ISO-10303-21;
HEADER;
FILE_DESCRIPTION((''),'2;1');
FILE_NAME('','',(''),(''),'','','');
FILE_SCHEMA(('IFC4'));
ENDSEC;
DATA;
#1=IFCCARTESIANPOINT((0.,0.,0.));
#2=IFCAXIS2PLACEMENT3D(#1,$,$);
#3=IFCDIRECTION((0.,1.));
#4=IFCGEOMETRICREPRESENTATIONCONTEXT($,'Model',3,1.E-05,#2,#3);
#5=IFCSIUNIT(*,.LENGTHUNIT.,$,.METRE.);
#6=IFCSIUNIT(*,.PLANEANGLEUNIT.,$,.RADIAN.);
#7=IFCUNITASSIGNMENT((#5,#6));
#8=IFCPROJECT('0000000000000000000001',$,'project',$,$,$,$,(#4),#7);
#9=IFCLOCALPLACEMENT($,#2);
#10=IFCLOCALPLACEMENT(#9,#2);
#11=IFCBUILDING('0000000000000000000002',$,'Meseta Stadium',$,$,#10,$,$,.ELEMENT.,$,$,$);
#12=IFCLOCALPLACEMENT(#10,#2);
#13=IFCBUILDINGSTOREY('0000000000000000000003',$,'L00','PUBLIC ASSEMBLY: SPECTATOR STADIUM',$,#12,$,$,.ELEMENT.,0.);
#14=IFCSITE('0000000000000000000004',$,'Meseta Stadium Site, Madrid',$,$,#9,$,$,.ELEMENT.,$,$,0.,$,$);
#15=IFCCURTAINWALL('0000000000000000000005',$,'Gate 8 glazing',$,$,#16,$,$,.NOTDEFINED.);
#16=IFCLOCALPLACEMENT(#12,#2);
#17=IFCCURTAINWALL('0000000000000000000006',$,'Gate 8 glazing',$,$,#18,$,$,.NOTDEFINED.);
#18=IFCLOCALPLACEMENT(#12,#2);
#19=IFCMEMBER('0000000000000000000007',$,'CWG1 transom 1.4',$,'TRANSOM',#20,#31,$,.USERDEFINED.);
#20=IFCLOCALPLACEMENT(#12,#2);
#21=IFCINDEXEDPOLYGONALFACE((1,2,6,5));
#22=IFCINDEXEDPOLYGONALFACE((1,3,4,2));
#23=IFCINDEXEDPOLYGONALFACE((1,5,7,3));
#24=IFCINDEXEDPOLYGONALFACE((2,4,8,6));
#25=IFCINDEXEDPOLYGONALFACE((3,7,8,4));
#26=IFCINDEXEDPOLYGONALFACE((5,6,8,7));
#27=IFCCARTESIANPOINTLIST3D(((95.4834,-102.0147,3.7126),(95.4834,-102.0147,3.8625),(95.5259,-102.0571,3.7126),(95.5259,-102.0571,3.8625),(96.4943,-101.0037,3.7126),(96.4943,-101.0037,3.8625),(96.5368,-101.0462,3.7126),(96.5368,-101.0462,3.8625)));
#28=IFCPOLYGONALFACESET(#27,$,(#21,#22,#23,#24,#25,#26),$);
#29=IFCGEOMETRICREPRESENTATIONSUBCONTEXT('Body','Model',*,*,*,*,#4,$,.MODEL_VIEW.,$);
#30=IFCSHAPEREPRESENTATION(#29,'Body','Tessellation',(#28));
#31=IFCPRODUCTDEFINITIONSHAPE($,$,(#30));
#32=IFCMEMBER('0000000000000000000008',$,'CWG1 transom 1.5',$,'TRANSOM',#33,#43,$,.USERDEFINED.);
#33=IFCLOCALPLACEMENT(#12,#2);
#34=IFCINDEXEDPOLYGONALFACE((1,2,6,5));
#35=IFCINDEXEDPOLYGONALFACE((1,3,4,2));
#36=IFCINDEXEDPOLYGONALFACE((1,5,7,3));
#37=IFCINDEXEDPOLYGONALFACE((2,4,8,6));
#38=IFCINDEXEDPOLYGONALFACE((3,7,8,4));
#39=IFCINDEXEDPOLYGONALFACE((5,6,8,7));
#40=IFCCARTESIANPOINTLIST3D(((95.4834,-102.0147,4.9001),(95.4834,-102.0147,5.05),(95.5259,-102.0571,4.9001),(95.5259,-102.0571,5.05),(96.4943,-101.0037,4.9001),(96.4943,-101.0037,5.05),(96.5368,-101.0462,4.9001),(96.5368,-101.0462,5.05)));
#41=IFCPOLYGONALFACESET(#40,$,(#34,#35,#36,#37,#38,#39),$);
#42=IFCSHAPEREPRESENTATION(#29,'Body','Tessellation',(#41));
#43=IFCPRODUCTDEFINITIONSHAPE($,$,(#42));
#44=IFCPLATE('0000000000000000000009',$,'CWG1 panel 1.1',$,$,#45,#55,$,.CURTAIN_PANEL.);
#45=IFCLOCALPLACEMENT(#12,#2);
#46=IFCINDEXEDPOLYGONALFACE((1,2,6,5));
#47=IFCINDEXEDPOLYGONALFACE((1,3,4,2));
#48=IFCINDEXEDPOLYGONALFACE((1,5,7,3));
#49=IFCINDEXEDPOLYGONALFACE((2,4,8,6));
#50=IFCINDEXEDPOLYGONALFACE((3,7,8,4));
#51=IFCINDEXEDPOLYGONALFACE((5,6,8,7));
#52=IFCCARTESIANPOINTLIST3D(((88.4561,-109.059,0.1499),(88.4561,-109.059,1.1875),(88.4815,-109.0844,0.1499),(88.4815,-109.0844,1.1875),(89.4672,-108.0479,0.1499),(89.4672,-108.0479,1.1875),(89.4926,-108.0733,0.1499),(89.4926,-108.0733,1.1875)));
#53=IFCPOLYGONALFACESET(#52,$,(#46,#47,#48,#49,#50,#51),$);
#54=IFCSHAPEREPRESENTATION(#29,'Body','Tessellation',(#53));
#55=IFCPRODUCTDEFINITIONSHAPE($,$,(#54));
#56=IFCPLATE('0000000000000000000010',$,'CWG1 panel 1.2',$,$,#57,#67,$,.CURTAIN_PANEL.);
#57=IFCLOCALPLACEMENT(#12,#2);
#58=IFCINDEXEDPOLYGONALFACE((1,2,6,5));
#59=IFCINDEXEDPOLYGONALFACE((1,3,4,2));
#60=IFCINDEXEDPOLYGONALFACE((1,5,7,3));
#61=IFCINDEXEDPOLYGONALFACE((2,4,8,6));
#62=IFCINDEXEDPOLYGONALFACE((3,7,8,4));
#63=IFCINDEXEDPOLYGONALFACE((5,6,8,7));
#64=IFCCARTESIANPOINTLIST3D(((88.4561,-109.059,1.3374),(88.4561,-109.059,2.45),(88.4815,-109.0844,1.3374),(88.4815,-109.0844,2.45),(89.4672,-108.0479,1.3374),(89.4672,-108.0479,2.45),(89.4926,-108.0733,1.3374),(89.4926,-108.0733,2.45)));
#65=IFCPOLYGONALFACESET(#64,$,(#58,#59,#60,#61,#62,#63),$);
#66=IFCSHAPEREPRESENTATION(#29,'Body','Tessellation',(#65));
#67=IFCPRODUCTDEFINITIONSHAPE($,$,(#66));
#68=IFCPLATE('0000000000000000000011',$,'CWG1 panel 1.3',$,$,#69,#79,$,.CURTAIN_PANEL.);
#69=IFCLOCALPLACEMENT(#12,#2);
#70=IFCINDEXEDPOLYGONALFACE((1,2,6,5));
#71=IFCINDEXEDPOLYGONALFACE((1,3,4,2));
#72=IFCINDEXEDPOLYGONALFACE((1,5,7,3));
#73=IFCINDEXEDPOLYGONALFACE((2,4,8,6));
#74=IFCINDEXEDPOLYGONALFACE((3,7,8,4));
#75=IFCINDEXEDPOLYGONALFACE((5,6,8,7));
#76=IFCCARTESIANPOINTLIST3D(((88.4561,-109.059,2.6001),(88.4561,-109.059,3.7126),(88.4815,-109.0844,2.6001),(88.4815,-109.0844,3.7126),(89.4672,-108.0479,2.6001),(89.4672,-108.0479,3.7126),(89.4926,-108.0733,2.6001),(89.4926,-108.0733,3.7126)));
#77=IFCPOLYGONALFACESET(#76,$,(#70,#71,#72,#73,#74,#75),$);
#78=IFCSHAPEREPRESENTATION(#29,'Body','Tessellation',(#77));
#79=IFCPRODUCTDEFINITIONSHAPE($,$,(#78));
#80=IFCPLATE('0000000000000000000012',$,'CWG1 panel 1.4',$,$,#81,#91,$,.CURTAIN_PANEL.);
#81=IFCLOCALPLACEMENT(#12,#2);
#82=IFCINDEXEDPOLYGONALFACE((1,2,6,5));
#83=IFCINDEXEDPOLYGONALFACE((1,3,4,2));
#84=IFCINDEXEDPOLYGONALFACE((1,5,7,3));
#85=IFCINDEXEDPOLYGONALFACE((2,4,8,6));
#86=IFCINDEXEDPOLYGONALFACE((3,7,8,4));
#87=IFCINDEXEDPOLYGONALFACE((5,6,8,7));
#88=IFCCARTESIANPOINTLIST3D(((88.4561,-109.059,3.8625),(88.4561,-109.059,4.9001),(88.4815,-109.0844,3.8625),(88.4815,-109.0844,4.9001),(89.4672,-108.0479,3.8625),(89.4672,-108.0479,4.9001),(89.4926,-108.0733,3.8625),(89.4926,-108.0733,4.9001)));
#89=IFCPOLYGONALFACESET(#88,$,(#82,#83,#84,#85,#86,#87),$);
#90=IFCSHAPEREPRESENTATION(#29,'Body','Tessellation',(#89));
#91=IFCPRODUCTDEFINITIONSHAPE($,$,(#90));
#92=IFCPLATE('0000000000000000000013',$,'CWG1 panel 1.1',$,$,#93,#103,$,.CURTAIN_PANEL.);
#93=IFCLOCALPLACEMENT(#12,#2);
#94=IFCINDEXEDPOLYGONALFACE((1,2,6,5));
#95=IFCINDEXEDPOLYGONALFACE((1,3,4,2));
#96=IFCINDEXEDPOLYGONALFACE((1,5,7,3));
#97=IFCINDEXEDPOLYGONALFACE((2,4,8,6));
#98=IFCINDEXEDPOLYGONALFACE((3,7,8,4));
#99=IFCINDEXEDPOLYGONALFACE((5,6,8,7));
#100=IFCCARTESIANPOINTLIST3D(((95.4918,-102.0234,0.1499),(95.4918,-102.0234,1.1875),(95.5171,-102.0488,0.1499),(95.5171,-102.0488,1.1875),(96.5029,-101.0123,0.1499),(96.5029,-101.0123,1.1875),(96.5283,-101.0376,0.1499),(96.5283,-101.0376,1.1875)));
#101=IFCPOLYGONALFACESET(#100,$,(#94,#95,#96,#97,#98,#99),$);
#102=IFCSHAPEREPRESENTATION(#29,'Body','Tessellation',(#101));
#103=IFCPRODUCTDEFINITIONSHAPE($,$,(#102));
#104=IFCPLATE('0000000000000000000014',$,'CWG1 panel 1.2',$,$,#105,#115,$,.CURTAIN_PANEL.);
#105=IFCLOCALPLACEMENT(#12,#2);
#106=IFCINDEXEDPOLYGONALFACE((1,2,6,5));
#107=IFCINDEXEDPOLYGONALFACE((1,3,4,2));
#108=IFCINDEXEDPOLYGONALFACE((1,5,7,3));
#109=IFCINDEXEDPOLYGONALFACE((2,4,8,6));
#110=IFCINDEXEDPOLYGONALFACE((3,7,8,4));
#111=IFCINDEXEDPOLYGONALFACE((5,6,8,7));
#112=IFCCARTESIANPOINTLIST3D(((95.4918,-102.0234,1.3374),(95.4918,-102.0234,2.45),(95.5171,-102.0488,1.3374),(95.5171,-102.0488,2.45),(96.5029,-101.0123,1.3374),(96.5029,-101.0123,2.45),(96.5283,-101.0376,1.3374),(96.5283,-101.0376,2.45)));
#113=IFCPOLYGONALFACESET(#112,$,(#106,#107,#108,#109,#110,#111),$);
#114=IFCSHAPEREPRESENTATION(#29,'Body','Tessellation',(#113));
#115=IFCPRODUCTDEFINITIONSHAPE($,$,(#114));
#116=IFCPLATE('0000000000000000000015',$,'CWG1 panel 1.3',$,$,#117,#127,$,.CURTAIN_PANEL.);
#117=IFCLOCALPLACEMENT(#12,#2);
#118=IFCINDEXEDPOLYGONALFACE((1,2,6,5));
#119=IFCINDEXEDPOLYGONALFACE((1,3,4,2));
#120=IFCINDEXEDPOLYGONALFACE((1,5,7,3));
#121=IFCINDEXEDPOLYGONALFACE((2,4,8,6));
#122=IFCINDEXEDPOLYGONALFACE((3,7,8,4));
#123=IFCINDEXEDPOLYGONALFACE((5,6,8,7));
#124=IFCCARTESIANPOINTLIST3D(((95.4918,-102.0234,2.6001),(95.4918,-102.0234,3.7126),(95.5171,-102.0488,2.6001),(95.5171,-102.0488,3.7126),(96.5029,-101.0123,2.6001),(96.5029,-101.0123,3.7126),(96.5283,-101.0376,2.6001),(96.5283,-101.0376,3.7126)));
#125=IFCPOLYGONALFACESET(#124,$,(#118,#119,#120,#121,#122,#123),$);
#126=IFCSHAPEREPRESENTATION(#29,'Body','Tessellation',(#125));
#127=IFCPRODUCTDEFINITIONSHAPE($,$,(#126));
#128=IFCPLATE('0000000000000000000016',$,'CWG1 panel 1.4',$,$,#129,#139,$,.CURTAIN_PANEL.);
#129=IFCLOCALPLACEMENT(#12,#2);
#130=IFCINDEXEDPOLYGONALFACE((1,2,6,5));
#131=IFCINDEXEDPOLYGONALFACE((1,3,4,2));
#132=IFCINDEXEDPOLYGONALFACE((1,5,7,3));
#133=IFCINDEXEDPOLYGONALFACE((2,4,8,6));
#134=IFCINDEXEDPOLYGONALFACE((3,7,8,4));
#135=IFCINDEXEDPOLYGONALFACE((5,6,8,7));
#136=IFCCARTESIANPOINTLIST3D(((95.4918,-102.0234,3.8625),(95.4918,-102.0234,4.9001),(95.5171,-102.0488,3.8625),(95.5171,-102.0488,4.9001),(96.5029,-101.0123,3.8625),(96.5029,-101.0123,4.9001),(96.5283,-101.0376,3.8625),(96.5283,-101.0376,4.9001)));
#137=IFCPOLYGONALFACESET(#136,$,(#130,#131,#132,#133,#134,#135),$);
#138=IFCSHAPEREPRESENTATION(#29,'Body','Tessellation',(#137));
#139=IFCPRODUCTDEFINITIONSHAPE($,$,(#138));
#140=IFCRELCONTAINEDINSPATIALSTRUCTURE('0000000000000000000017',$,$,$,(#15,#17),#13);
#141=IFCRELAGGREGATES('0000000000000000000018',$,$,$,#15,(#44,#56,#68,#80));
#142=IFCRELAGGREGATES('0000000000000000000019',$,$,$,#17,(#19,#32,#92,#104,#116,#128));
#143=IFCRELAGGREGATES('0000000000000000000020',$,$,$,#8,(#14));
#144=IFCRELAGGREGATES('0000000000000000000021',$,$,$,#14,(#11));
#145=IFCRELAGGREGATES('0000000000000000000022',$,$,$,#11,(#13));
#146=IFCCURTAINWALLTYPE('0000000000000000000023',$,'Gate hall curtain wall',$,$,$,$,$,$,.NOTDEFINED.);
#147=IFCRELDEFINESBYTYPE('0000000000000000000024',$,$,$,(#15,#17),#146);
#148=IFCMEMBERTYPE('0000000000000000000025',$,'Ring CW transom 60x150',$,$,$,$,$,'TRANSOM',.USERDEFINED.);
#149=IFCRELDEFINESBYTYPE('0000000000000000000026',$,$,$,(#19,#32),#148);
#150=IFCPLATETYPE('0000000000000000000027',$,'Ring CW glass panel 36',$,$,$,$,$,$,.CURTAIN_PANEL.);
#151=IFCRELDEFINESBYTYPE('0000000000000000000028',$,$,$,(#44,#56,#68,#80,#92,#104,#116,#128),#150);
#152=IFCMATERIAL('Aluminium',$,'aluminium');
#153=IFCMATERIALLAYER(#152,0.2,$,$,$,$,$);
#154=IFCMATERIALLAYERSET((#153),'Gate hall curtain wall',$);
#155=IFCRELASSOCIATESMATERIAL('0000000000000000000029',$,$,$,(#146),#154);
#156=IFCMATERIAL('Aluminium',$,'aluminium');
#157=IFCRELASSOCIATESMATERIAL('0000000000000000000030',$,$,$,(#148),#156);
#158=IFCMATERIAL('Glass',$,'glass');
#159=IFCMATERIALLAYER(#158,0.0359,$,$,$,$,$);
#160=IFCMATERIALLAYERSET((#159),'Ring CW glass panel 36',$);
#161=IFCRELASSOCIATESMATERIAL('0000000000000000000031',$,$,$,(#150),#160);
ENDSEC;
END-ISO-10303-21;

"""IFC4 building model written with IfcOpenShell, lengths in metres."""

from ifc_helpers import new_model, si_unit, direction, frame, origin, origin_2d, place, context, subcontext, project, spatial, rectangle, extrude, material, layer, layer_set, material_profile, profile_set, type_object, element, aggregate, save


model = new_model("IFC4")

# Units and contexts
model_context = context("Model", 3, precision=1e-05, world=origin(), true_north=direction((0.0, 1.0)))
body_context = subcontext(model_context, "Body", "Model", "MODEL_VIEW")
ifc_project = project(units=[si_unit("LENGTHUNIT", "METRE"), si_unit("PLANEANGLEUNIT", "RADIAN")], contexts=[model_context])

# Site, building, storey
site_placement = place(None, origin())
site = spatial("IfcSite", under=ifc_project, at=site_placement, Name="Meseta Stadium Site, Madrid", CompositionType="ELEMENT", RefElevation=0.0)
building_placement = place(site_placement, origin())
building = spatial("IfcBuilding", under=site, at=building_placement, Name="Meseta Stadium", CompositionType="ELEMENT")
storey_placement = place(building_placement, origin())
storey = spatial("IfcBuildingStorey", under=building, at=storey_placement, Name="L00", Description="PUBLIC ASSEMBLY: SPECTATOR STADIUM", CompositionType="ELEMENT", Elevation=0.0)

# Curtain wall
ifc_material_1 = material(Name="Aluminium", Category="aluminium")
ifc_layer_1 = layer(ifc_material_1, 0.2)
ifc_layer_set_1 = layer_set([ifc_layer_1], Name="Gate hall curtain wall")
curtain_wall_type = type_object("IfcCurtainWallType", Name="Gate hall curtain wall", PredefinedType="NOTDEFINED", material=ifc_layer_set_1)
curtain_wall_1_placement = place(storey_placement, origin())
curtain_wall_1 = element("IfcCurtainWall", 1, at=curtain_wall_1_placement, inside=storey, type_object=curtain_wall_type, Name="Gate 8 glazing", PredefinedType="NOTDEFINED")

# Curtain wall
curtain_wall_2_placement = place(storey_placement, origin())
curtain_wall_2 = element("IfcCurtainWall", 2, at=curtain_wall_2_placement, inside=storey, type_object=curtain_wall_type, Name="Gate 8 glazing", PredefinedType="NOTDEFINED")

# Members
ifc_material_2 = material(Name="Aluminium", Category="aluminium")
ifc_material_profile_1 = material_profile(ifc_material_2, rectangle(XDim=0.0601, YDim=0.1499, at=origin_2d()), Name="CW 60x150")
ifc_profile_set_1 = profile_set([ifc_material_profile_1], Name="Aluminium")
member_type_1 = type_object("IfcMemberType", Name="Ring CW transom 60x150", ElementType="TRANSOM", PredefinedType="USERDEFINED", material=ifc_profile_set_1)
member_1_placement = place(storey_placement, frame((95.5046, -102.0359, 3.7876), z_axis=(0.707107, 0.707107, 0.0), x_axis=(-0.707107, 0.707107, 0.0)))
member_1 = element("IfcMember", 3, at=member_1_placement, type_object=member_type_1, Name="CWG1 transom 1.4", ObjectType="TRANSOM", PredefinedType="USERDEFINED", context=body_context, shape_type="SweptSolid", body=[
    extrude(rectangle(XDim=0.0601, YDim=0.1499, at=origin_2d()), origin(), (0.0, 0.0, 1.0), 1.4297),
])
member_2_placement = place(storey_placement, frame((95.5046, -102.0359, 4.9751), z_axis=(0.707107, 0.707107, 0.0), x_axis=(-0.707107, 0.707107, 0.0)))
member_2 = element("IfcMember", 4, at=member_2_placement, type_object=member_type_1, Name="CWG1 transom 1.5", ObjectType="TRANSOM", PredefinedType="USERDEFINED", context=body_context, shape_type="SweptSolid", body=[
    extrude(rectangle(XDim=0.0601, YDim=0.1499, at=origin_2d()), origin(), (0.0, 0.0, 1.0), 1.4297),
])

# Plates
ifc_material_3 = material(Name="Glass", Category="glass")
ifc_layer_2 = layer(ifc_material_3, 0.0359)
ifc_layer_set_2 = layer_set([ifc_layer_2], Name="Ring CW glass panel 36")
plate_type = type_object("IfcPlateType", Name="Ring CW glass panel 36", PredefinedType="CURTAIN_PANEL", material=ifc_layer_set_2)
plate_1_placement = place(storey_placement, frame((88.9744, -108.5662, 0.1499), z_axis=(0.0, 0.0, 1.0), x_axis=(0.707107, 0.707107, 0.0)))
plate_1 = element("IfcPlate", 5, at=plate_1_placement, type_object=plate_type, Name="CWG1 panel 1.1", PredefinedType="CURTAIN_PANEL", context=body_context, shape_type="SweptSolid", body=[
    extrude(rectangle(XDim=1.4299, YDim=0.0359, at=origin_2d()), origin(), (0.0, 0.0, 1.0), 1.0376),
])
plate_2_placement = place(storey_placement, frame((88.9744, -108.5662, 1.3374), z_axis=(0.0, 0.0, 1.0), x_axis=(0.707107, 0.707107, 0.0)))
plate_2 = element("IfcPlate", 6, at=plate_2_placement, type_object=plate_type, Name="CWG1 panel 1.2", PredefinedType="CURTAIN_PANEL", context=body_context, shape_type="SweptSolid", body=[
    extrude(rectangle(XDim=1.4299, YDim=0.0359, at=origin_2d()), origin(), (0.0, 0.0, 1.0), 1.1125),
])
plate_3_placement = place(storey_placement, frame((88.9744, -108.5662, 2.6001), z_axis=(0.0, 0.0, 1.0), x_axis=(0.707107, 0.707107, 0.0)))
plate_3 = element("IfcPlate", 7, at=plate_3_placement, type_object=plate_type, Name="CWG1 panel 1.3", PredefinedType="CURTAIN_PANEL", context=body_context, shape_type="SweptSolid", body=[
    extrude(rectangle(XDim=1.4299, YDim=0.0359, at=origin_2d()), origin(), (0.0, 0.0, 1.0), 1.1125),
])
plate_4_placement = place(storey_placement, frame((88.9744, -108.5662, 3.8625), z_axis=(0.0, 0.0, 1.0), x_axis=(0.707107, 0.707107, 0.0)))
plate_4 = element("IfcPlate", 8, at=plate_4_placement, type_object=plate_type, Name="CWG1 panel 1.4", PredefinedType="CURTAIN_PANEL", context=body_context, shape_type="SweptSolid", body=[
    extrude(rectangle(XDim=1.4299, YDim=0.0359, at=origin_2d()), origin(), (0.0, 0.0, 1.0), 1.0376),
])
aggregate(curtain_wall_1, [plate_1, plate_2, plate_3, plate_4])
plate_5_placement = place(storey_placement, frame((96.01, -101.5305, 0.1499), z_axis=(0.0, 0.0, 1.0), x_axis=(0.707107, 0.707107, 0.0)))
plate_5 = element("IfcPlate", 9, at=plate_5_placement, type_object=plate_type, Name="CWG1 panel 1.1", PredefinedType="CURTAIN_PANEL", context=body_context, shape_type="SweptSolid", body=[
    extrude(rectangle(XDim=1.4299, YDim=0.0359, at=origin_2d()), origin(), (0.0, 0.0, 1.0), 1.0376),
])
plate_6_placement = place(storey_placement, frame((96.01, -101.5305, 1.3374), z_axis=(0.0, 0.0, 1.0), x_axis=(0.707107, 0.707107, 0.0)))
plate_6 = element("IfcPlate", 10, at=plate_6_placement, type_object=plate_type, Name="CWG1 panel 1.2", PredefinedType="CURTAIN_PANEL", context=body_context, shape_type="SweptSolid", body=[
    extrude(rectangle(XDim=1.4299, YDim=0.0359, at=origin_2d()), origin(), (0.0, 0.0, 1.0), 1.1125),
])
plate_7_placement = place(storey_placement, frame((96.01, -101.5305, 2.6001), z_axis=(0.0, 0.0, 1.0), x_axis=(0.707107, 0.707107, 0.0)))
plate_7 = element("IfcPlate", 11, at=plate_7_placement, type_object=plate_type, Name="CWG1 panel 1.3", PredefinedType="CURTAIN_PANEL", context=body_context, shape_type="SweptSolid", body=[
    extrude(rectangle(XDim=1.4299, YDim=0.0359, at=origin_2d()), origin(), (0.0, 0.0, 1.0), 1.1125),
])
plate_8_placement = place(storey_placement, frame((96.01, -101.5305, 3.8625), z_axis=(0.0, 0.0, 1.0), x_axis=(0.707107, 0.707107, 0.0)))
plate_8 = element("IfcPlate", 12, at=plate_8_placement, type_object=plate_type, Name="CWG1 panel 1.4", PredefinedType="CURTAIN_PANEL", context=body_context, shape_type="SweptSolid", body=[
    extrude(rectangle(XDim=1.4299, YDim=0.0359, at=origin_2d()), origin(), (0.0, 0.0, 1.0), 1.0376),
])
aggregate(curtain_wall_2, [member_1, member_2, plate_5, plate_6, plate_7, plate_8])

save(model, "model.ifc")
